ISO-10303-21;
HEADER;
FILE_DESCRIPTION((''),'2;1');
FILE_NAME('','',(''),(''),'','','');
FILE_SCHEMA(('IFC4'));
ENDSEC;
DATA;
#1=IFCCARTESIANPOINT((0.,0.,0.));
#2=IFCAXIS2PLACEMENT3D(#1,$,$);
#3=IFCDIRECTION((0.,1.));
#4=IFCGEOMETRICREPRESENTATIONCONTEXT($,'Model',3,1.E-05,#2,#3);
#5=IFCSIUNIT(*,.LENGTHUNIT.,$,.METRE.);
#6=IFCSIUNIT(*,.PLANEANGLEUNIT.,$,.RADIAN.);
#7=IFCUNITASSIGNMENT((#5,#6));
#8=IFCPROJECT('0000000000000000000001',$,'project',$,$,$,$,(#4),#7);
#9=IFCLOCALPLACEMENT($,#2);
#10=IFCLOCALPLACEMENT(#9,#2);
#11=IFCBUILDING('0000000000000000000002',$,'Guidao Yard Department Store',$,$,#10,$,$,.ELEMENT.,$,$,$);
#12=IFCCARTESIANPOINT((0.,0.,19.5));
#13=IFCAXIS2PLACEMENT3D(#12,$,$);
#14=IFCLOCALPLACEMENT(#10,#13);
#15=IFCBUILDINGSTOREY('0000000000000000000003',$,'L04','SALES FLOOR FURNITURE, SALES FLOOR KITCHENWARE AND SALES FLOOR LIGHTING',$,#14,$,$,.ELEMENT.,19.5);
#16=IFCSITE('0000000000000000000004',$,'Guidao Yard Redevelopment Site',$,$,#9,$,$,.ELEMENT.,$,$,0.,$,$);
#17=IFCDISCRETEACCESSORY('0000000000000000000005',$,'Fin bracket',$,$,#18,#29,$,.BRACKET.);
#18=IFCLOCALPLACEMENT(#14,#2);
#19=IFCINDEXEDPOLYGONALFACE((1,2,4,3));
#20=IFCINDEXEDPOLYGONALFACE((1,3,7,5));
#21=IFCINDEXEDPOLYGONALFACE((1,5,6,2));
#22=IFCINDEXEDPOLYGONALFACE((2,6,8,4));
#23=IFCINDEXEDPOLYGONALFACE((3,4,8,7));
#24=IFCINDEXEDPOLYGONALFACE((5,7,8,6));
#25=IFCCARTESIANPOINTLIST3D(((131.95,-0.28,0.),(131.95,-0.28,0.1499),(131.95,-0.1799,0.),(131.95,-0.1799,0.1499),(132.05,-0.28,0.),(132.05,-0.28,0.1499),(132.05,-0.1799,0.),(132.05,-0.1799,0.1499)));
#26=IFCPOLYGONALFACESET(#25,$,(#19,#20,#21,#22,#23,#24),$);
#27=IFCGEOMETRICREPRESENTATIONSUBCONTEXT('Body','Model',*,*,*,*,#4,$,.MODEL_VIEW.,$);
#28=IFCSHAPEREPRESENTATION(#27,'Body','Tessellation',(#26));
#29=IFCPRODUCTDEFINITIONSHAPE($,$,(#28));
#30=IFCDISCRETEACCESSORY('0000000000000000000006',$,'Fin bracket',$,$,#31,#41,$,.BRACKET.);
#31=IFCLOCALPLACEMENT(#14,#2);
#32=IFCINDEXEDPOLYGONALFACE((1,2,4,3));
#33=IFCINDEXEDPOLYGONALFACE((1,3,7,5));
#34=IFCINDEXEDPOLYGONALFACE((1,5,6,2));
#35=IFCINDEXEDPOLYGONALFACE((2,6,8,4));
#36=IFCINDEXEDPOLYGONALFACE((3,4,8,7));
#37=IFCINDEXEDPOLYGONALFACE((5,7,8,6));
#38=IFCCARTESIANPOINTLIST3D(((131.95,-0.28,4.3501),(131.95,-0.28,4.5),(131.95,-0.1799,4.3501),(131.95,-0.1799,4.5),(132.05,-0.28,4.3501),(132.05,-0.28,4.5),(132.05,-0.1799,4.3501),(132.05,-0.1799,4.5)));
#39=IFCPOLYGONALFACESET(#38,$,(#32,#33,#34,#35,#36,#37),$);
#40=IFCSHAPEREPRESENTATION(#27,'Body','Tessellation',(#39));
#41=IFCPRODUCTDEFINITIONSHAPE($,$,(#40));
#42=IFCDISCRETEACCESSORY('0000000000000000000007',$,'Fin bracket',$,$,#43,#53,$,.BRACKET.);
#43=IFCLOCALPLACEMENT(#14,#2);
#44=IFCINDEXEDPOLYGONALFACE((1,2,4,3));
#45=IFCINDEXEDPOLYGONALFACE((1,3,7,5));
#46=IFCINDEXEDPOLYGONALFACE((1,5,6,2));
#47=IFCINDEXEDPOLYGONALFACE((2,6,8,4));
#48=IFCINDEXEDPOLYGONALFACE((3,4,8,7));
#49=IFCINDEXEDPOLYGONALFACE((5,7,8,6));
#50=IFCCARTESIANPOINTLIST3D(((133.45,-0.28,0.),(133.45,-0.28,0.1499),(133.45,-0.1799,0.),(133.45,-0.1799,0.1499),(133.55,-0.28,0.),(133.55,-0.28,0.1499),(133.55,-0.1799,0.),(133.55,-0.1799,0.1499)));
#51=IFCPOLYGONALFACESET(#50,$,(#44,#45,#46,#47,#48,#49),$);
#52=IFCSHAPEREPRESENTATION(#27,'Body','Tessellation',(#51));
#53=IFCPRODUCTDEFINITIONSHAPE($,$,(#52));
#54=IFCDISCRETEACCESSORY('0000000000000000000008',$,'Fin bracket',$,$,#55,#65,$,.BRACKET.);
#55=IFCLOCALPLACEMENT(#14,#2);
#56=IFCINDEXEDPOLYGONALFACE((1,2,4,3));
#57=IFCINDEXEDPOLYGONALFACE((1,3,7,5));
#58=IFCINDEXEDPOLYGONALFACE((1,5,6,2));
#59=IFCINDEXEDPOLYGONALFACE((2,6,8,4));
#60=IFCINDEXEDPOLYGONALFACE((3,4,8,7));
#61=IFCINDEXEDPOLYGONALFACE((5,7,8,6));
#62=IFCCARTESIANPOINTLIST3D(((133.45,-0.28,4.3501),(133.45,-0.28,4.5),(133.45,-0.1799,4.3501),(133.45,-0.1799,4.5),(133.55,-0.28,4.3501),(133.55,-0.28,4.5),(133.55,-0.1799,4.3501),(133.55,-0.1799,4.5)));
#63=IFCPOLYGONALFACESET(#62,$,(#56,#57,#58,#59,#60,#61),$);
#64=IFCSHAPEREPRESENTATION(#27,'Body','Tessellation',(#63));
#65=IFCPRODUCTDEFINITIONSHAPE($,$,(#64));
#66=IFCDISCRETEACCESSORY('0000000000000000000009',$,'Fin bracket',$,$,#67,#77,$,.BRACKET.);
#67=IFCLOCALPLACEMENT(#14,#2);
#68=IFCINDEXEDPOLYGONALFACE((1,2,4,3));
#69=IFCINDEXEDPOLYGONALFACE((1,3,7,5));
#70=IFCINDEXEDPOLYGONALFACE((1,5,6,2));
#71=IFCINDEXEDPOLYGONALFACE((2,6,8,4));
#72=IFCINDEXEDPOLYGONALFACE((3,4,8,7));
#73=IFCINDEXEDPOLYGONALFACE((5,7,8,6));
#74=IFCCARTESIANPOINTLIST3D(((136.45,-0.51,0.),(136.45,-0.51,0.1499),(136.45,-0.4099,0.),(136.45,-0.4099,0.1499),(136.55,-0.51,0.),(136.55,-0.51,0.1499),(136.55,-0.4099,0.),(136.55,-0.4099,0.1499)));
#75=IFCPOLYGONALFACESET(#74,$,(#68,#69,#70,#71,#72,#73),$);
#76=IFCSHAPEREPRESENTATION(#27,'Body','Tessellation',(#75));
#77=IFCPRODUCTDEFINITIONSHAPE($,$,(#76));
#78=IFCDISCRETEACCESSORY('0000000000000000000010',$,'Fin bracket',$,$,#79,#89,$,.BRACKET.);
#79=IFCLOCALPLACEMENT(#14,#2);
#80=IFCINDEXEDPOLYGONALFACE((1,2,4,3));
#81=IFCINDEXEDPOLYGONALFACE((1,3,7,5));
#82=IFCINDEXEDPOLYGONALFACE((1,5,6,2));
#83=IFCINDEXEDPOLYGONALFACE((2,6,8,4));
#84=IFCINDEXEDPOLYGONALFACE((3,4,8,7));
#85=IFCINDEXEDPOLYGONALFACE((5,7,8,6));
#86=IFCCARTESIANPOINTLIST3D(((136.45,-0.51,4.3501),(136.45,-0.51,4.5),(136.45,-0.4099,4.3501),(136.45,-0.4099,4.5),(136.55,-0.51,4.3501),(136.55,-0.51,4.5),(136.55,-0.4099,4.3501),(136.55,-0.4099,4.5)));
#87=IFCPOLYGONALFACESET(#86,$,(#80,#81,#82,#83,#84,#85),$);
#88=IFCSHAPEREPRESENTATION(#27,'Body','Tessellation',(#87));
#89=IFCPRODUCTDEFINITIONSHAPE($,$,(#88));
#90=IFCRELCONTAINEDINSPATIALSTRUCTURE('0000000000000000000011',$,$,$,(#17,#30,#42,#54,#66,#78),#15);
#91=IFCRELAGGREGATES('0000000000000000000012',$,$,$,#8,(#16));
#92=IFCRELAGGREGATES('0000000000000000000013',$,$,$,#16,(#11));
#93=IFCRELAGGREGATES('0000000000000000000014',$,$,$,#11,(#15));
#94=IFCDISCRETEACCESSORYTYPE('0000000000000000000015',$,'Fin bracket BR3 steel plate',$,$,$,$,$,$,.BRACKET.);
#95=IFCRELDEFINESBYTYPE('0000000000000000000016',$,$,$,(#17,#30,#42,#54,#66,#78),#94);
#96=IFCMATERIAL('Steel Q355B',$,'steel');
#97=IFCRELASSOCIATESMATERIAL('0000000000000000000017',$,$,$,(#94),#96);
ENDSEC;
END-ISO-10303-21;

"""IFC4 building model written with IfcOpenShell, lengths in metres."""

from ifc_helpers import new_model, si_unit, direction, frame, origin, origin_2d, place, context, subcontext, project, spatial, rectangle, extrude, material, type_object, element, save


model = new_model("IFC4")

# Units and contexts
model_context = context("Model", 3, precision=1e-05, world=origin(), true_north=direction((0.0, 1.0)))
body_context = subcontext(model_context, "Body", "Model", "MODEL_VIEW")
ifc_project = project(units=[si_unit("LENGTHUNIT", "METRE"), si_unit("PLANEANGLEUNIT", "RADIAN")], contexts=[model_context])

# Site, building, storey
site_placement = place(None, origin())
site = spatial("IfcSite", under=ifc_project, at=site_placement, Name="Guidao Yard Redevelopment Site", CompositionType="ELEMENT", RefElevation=0.0)
building_placement = place(site_placement, origin())
building = spatial("IfcBuilding", under=site, at=building_placement, Name="Guidao Yard Department Store", CompositionType="ELEMENT")
storey_placement = place(building_placement, frame((0.0, 0.0, 19.5)))
storey = spatial("IfcBuildingStorey", under=building, at=storey_placement, Name="L04", Description="SALES FLOOR FURNITURE, SALES FLOOR KITCHENWARE AND SALES FLOOR LIGHTING", CompositionType="ELEMENT", Elevation=19.5)

# Discrete accessories
ifc_material_1 = material(Name="Steel Q355B", Category="steel")
discrete_accessory_type = type_object("IfcDiscreteAccessoryType", Name="Fin bracket BR3 steel plate", PredefinedType="BRACKET", material=ifc_material_1)
for number, where, z_axis, x_axis, name in (
    (1, (132.0, -0.23, 0.0), (0.0, 0.0, 1.0), (-1.0, 0.0, 0.0), "Fin bracket"),
    (2, (132.0, -0.23, 4.3501), (0.0, 0.0, 1.0), (-1.0, 0.0, 0.0), "Fin bracket"),
    (3, (133.5, -0.23, 0.0), (0.0, 0.0, 1.0), (-1.0, 0.0, 0.0), "Fin bracket"),
    (4, (133.5, -0.23, 4.3501), (0.0, 0.0, 1.0), (-1.0, 0.0, 0.0), "Fin bracket"),
    (5, (136.5, -0.46, 0.0), (0.0, 0.0, 1.0), (-1.0, 0.0, 0.0), "Fin bracket"),
    (6, (136.5, -0.46, 4.3501), (0.0, 0.0, 1.0), (-1.0, 0.0, 0.0), "Fin bracket"),
):
    element("IfcDiscreteAccessory", number, at=place(storey_placement, frame(where, z_axis=z_axis, x_axis=x_axis)), inside=storey, type_object=discrete_accessory_type, Name=name, PredefinedType="BRACKET", context=body_context, shape_type="SweptSolid", body=[
        extrude(rectangle(XDim=0.1001, YDim=0.1001, at=origin_2d()), origin(), (0.0, 0.0, 1.0), 0.1499),
    ])

save(model, "model.ifc")
